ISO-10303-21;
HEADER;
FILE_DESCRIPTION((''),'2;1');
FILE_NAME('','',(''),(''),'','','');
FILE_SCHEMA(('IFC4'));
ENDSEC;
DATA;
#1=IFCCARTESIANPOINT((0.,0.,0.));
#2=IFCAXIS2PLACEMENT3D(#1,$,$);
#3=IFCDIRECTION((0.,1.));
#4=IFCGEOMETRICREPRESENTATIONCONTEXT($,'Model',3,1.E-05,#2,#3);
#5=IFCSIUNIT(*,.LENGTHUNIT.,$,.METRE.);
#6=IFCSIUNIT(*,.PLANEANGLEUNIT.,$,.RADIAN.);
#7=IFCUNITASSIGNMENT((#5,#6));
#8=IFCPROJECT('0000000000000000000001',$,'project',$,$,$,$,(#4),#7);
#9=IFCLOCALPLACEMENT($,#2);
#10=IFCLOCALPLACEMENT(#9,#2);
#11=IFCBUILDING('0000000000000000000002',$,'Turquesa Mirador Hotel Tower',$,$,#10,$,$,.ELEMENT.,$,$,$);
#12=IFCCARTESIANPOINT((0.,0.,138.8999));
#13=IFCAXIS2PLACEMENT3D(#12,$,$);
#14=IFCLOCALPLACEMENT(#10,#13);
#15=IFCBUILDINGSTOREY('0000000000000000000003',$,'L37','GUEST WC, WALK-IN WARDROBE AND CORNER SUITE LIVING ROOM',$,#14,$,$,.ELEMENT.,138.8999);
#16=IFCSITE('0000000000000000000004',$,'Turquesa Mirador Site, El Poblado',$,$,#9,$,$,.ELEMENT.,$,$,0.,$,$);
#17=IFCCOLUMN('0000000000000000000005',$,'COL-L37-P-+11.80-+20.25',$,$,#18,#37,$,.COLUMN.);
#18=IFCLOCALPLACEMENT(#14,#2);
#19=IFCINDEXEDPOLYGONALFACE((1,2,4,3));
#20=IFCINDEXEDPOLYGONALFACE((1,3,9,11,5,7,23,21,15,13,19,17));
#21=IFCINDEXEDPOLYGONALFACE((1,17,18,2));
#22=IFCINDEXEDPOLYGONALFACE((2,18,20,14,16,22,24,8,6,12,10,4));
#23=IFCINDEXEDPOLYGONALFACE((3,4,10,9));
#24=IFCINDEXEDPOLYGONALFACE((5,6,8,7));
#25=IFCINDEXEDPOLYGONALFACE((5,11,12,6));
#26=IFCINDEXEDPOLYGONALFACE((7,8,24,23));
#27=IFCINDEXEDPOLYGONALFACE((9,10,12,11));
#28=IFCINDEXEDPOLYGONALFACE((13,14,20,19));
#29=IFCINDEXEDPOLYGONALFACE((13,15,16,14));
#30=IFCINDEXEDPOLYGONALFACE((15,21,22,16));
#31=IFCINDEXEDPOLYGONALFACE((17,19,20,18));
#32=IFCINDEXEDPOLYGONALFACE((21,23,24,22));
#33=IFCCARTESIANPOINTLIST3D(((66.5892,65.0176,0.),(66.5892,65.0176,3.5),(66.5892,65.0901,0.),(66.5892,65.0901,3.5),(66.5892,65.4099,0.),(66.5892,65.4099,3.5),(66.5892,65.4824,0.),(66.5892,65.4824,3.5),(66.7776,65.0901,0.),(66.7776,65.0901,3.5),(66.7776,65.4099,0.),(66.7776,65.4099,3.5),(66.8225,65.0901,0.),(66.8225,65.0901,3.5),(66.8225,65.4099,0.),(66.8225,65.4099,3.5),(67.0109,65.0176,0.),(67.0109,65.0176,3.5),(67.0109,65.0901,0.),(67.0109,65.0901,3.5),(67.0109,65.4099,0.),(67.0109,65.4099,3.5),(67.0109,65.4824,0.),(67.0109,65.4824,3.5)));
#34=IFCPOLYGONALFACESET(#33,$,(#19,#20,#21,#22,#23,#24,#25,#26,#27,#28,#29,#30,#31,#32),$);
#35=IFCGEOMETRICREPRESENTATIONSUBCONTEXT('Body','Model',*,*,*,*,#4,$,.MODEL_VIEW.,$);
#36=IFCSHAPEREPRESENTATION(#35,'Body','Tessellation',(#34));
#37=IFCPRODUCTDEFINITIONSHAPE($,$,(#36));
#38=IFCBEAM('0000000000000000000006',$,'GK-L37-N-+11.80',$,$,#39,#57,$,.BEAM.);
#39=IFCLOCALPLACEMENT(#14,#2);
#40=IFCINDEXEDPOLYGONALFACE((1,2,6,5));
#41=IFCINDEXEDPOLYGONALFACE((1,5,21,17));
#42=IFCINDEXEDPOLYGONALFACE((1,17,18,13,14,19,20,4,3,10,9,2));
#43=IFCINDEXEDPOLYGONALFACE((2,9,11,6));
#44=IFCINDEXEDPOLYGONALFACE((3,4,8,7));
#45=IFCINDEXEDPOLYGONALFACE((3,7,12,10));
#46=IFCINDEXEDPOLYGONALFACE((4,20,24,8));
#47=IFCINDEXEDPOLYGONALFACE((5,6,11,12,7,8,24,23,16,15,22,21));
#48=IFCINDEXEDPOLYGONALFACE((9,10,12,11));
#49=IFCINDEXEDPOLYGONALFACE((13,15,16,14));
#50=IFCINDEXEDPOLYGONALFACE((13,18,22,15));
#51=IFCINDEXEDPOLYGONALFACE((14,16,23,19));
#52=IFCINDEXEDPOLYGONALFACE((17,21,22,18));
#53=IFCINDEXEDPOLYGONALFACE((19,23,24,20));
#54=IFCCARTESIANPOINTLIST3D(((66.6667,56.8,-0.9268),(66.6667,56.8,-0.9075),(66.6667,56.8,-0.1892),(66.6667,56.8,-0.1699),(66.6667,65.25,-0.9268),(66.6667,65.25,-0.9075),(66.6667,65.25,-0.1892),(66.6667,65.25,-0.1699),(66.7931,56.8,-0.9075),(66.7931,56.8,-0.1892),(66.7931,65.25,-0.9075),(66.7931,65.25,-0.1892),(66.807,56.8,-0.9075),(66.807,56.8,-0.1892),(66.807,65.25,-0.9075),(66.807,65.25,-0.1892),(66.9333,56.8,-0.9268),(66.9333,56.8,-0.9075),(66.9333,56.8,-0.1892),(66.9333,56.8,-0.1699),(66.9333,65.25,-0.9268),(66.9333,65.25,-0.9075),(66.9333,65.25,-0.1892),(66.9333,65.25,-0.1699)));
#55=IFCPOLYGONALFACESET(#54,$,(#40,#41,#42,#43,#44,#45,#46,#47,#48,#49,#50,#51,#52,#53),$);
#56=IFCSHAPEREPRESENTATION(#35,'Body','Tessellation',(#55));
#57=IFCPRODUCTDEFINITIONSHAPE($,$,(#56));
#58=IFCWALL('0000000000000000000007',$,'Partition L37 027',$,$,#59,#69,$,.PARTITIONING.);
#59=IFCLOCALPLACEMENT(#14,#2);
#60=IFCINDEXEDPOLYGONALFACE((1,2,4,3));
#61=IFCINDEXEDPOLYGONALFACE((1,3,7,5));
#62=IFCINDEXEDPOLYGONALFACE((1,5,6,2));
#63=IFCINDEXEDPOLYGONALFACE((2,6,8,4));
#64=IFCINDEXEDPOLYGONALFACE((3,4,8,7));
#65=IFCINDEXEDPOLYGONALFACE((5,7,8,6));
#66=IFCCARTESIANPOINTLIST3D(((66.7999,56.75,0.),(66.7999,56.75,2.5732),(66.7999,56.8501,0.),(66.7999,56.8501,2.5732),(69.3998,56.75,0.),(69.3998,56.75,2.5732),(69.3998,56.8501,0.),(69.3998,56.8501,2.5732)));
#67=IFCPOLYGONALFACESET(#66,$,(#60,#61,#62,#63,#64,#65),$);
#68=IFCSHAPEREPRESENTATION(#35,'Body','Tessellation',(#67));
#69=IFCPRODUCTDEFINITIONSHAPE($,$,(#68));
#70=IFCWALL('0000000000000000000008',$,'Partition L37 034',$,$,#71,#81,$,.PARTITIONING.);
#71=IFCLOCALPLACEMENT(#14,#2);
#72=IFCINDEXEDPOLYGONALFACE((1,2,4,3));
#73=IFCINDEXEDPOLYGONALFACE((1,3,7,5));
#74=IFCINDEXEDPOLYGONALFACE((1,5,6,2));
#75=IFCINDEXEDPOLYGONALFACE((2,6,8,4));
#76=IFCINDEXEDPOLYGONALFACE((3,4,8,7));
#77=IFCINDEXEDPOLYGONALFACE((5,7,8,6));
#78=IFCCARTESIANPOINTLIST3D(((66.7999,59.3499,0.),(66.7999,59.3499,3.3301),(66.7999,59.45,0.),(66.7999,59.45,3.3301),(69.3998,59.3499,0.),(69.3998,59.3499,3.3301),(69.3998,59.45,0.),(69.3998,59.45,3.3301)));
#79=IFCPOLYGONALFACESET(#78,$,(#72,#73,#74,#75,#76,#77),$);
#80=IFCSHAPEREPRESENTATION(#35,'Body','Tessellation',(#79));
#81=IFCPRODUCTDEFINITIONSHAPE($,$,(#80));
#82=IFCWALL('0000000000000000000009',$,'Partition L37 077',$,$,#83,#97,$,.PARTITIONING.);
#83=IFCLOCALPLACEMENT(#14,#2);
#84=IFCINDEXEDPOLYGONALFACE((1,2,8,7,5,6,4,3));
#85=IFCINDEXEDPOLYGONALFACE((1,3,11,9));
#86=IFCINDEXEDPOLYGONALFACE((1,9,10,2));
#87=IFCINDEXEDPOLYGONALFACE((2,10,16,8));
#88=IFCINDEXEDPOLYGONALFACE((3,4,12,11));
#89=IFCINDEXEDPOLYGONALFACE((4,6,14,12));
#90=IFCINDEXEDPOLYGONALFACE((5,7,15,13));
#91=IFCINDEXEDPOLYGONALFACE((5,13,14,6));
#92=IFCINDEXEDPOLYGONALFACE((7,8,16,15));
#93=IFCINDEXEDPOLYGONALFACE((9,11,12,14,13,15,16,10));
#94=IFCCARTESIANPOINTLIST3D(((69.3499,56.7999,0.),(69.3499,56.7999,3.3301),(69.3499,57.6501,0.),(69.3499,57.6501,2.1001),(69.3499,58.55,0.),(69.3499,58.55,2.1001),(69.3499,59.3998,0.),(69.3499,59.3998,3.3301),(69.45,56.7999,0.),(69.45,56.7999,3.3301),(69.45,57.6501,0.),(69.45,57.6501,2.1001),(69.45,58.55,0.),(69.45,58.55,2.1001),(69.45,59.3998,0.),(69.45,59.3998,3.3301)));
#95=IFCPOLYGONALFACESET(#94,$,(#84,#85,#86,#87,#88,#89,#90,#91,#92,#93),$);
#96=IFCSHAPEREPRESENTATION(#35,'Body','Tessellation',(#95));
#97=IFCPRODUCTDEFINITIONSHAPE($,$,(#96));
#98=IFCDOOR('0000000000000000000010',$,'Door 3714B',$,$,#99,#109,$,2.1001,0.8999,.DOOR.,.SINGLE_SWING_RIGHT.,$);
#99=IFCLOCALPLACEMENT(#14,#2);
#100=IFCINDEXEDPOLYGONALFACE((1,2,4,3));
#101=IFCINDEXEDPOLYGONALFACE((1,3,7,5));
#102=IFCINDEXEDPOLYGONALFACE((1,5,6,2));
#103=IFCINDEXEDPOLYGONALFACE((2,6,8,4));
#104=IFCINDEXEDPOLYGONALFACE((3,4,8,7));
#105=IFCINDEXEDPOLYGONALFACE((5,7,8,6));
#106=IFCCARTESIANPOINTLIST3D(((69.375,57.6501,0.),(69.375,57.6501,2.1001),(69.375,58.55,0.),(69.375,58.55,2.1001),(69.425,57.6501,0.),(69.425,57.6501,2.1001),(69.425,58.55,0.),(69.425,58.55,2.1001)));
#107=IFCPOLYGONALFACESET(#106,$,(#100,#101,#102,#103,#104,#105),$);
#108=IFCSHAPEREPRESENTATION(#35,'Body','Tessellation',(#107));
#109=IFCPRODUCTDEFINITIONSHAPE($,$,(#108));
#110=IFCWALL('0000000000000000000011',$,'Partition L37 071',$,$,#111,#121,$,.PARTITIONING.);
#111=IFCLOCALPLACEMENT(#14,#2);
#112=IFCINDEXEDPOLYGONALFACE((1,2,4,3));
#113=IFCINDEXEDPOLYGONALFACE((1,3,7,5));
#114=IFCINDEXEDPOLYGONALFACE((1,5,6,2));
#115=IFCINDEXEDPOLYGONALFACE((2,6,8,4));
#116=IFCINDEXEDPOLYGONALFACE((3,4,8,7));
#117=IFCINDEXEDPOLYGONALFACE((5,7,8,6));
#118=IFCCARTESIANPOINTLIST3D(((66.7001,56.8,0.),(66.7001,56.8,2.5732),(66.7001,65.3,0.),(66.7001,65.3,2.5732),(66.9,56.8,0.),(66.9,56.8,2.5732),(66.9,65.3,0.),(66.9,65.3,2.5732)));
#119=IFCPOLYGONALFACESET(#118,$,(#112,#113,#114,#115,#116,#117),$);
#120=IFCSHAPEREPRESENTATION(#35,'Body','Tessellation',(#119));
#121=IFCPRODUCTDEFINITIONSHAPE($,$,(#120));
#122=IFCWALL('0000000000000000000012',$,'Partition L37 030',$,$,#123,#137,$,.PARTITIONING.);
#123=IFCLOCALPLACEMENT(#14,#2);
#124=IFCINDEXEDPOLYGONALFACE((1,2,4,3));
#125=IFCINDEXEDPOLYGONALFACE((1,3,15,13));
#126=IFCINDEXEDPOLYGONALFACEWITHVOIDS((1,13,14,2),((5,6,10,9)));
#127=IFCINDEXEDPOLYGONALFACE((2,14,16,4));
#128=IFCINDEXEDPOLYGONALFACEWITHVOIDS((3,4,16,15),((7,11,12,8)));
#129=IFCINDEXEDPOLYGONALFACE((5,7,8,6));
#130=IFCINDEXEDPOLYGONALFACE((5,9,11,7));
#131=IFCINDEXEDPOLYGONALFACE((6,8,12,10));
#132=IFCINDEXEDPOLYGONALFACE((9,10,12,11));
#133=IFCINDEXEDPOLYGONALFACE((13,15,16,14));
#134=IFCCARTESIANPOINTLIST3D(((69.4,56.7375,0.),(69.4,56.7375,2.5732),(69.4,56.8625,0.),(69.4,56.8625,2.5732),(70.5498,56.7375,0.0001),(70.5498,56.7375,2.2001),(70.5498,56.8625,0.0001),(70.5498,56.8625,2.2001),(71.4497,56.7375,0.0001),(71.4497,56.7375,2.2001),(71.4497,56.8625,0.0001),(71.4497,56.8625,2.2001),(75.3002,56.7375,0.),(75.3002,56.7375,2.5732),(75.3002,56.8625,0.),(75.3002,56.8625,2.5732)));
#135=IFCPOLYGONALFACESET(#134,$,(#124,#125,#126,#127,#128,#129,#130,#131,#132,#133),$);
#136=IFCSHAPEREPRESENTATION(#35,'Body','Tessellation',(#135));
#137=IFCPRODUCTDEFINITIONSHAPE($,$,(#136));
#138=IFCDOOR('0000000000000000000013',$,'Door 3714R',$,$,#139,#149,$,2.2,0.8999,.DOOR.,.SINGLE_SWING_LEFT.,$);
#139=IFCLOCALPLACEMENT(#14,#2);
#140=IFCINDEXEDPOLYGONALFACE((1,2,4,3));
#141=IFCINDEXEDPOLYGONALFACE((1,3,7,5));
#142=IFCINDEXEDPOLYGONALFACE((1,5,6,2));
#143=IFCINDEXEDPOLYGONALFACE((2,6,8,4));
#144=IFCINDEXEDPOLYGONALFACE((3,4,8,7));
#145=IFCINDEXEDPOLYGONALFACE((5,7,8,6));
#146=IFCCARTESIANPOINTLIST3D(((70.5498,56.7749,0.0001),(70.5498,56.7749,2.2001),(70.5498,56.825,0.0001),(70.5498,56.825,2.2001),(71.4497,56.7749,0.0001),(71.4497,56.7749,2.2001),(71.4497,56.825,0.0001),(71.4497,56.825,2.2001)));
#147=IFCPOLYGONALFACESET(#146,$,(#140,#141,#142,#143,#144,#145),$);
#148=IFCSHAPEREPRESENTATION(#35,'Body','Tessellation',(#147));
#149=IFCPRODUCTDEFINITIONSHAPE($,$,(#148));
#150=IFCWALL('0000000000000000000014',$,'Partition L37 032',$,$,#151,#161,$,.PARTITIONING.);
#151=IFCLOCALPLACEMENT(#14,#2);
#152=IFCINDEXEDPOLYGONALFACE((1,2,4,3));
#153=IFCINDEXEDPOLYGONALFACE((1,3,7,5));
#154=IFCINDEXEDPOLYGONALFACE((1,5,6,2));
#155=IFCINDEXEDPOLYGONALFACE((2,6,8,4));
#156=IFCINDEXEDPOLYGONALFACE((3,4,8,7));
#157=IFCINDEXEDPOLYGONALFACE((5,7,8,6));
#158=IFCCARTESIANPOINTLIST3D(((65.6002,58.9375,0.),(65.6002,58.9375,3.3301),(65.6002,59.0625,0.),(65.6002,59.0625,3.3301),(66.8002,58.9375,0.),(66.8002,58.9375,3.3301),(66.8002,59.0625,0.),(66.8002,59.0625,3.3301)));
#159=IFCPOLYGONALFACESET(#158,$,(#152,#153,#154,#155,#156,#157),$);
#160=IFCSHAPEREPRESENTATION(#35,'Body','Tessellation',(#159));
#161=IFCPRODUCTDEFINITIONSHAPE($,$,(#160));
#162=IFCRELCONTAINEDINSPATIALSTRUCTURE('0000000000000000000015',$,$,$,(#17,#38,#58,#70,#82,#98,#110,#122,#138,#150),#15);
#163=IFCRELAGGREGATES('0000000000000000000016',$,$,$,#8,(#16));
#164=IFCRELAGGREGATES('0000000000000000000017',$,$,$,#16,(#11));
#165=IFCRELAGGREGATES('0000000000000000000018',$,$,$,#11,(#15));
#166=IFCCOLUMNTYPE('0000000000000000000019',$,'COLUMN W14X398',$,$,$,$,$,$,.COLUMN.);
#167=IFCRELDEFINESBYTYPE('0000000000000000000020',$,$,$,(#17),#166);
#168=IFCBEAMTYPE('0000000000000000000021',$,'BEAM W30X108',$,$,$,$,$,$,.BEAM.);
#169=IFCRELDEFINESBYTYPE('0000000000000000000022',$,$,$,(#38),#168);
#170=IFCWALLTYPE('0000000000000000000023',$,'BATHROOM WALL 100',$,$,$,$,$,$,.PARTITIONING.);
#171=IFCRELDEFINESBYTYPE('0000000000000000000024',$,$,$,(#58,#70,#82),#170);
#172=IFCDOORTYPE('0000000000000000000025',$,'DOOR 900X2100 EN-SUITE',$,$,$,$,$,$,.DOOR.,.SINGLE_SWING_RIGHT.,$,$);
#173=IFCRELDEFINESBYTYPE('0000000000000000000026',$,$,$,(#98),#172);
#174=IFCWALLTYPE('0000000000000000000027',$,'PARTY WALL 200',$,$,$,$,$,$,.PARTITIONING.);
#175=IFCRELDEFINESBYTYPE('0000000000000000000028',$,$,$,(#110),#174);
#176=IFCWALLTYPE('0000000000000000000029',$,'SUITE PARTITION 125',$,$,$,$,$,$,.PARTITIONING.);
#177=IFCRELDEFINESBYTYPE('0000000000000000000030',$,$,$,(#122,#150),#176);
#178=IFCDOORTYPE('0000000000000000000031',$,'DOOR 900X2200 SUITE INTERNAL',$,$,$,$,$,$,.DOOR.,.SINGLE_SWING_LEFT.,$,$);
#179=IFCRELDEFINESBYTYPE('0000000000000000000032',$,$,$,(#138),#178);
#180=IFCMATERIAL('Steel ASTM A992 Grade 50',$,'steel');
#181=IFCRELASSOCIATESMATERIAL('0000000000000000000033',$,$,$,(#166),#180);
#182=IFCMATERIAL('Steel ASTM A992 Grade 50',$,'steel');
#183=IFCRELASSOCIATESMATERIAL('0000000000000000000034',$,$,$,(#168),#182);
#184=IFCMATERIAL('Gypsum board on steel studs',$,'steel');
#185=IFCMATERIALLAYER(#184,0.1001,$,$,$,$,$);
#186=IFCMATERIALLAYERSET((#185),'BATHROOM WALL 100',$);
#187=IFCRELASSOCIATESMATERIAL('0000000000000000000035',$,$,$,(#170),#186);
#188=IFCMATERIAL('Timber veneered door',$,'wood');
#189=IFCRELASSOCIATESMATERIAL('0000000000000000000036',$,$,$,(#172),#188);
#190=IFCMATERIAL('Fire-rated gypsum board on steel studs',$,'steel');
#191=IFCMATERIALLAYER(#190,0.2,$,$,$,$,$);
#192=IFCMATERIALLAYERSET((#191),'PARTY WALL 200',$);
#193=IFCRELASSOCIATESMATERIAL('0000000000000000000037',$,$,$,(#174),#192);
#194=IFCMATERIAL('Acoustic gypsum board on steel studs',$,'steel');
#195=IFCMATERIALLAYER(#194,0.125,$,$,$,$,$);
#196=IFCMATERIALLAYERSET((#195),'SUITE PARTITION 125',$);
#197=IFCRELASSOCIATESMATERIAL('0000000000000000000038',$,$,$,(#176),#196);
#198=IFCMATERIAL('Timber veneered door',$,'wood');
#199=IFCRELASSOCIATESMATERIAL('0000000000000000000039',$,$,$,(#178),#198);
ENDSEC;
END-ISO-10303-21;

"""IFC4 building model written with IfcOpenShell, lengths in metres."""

from ifc_helpers import new_model, si_unit, direction, frame, frame_2d, origin, origin_2d, place, context, subcontext, project, spatial, rectangle, i_section, extrude, material, layer, layer_set, material_profile, profile_set, type_object, element, fill, save


model = new_model("IFC4")

# Units and contexts
model_context = context("Model", 3, precision=1e-05, world=origin(), true_north=direction((0.0, 1.0)))
body_context = subcontext(model_context, "Body", "Model", "MODEL_VIEW")
ifc_project = project(units=[si_unit("LENGTHUNIT", "METRE"), si_unit("PLANEANGLEUNIT", "RADIAN")], contexts=[model_context])

# Site, building, storey
site_placement = place(None, origin())
site = spatial("IfcSite", under=ifc_project, at=site_placement, Name="Turquesa Mirador Site, El Poblado", CompositionType="ELEMENT", RefElevation=0.0)
building_placement = place(site_placement, origin())
building = spatial("IfcBuilding", under=site, at=building_placement, Name="Turquesa Mirador Hotel Tower", CompositionType="ELEMENT")
storey_placement = place(building_placement, frame((0.0, 0.0, 138.8999)))
storey = spatial("IfcBuildingStorey", under=building, at=storey_placement, Name="L37", Description="GUEST WC, WALK-IN WARDROBE AND CORNER SUITE LIVING ROOM", CompositionType="ELEMENT", Elevation=138.8999)

# Column
ifc_material_1 = material(Name="Steel ASTM A992 Grade 50", Category="steel")
ifc_material_profile_1 = material_profile(ifc_material_1, i_section(OverallWidth=0.4216, OverallDepth=0.4648, WebThickness=0.0449, FlangeThickness=0.0725, at=origin_2d()), Name="W14X398")
ifc_profile_set_1 = profile_set([ifc_material_profile_1], Name="Steel ASTM A992 Grade 50")
column_type = type_object("IfcColumnType", Name="COLUMN W14X398", PredefinedType="COLUMN", material=ifc_profile_set_1)
column_placement = place(storey_placement, frame((66.8, 65.25, 0.0), z_axis=(0.0, 0.0, 1.0), x_axis=(1.0, 0.0, 0.0)))
element("IfcColumn", 1, at=column_placement, inside=storey, type_object=column_type, Name="COL-L37-P-+11.80-+20.25", PredefinedType="COLUMN", context=body_context, shape_type="SweptSolid", body=[
    extrude(i_section(OverallWidth=0.4216, OverallDepth=0.4648, WebThickness=0.0449, FlangeThickness=0.0725, at=origin_2d()), origin(), (0.0, 0.0, 1.0), 3.5),
])

# Beam
ifc_material_2 = material(Name="Steel ASTM A992 Grade 50", Category="steel")
ifc_material_profile_2 = material_profile(ifc_material_2, i_section(OverallWidth=0.2666, OverallDepth=0.7568, WebThickness=0.0139, FlangeThickness=0.0193, at=origin_2d()), Name="W30X108")
ifc_profile_set_2 = profile_set([ifc_material_profile_2], Name="Steel ASTM A992 Grade 50")
beam_type = type_object("IfcBeamType", Name="BEAM W30X108", PredefinedType="BEAM", material=ifc_profile_set_2)
beam_placement = place(storey_placement, frame((66.8, 65.25, -0.5483), z_axis=(0.0, -1.0, 0.0), x_axis=(1.0, 0.0, 0.0)))
element("IfcBeam", 2, at=beam_placement, inside=storey, type_object=beam_type, Name="GK-L37-N-+11.80", PredefinedType="BEAM", context=body_context, shape_type="SweptSolid", body=[
    extrude(i_section(OverallWidth=0.2666, OverallDepth=0.7568, WebThickness=0.0139, FlangeThickness=0.0193, at=origin_2d()), origin(), (0.0, 0.0, 1.0), 8.45),
])

# Walls
ifc_material_3 = material(Name="Gypsum board on steel studs", Category="steel")
ifc_layer_1 = layer(ifc_material_3, 0.1001)
ifc_layer_set_1 = layer_set([ifc_layer_1], Name="BATHROOM WALL 100")
wall_type_1 = type_object("IfcWallType", Name="BATHROOM WALL 100", PredefinedType="PARTITIONING", material=ifc_layer_set_1)
wall_1_placement = place(storey_placement, frame((66.8, 56.8, 0.0), z_axis=(0.0, 0.0, 1.0), x_axis=(1.0, 0.0, 0.0)))
element("IfcWall", 3, at=wall_1_placement, inside=storey, type_object=wall_type_1, Name="Partition L37 027", PredefinedType="PARTITIONING", context=body_context, shape_type="SweptSolid", body=[
    extrude(rectangle(XDim=2.5999, YDim=0.1001, at=frame_2d((1.2998, 0.0))), origin(), (0.0, 0.0, 1.0), 2.5732),
])
wall_2_placement = place(storey_placement, frame((66.8, 59.3999, 0.0), z_axis=(0.0, 0.0, 1.0), x_axis=(1.0, 0.0, 0.0)))
element("IfcWall", 4, at=wall_2_placement, inside=storey, type_object=wall_type_1, Name="Partition L37 034", PredefinedType="PARTITIONING", context=body_context, shape_type="SweptSolid", body=[
    extrude(rectangle(XDim=2.5999, YDim=0.1001, at=frame_2d((1.2998, 0.0))), origin(), (0.0, 0.0, 1.0), 3.3301),
])

# Wall, opening, door
wall_3_placement = place(storey_placement, frame((69.3999, 56.8, 0.0), z_axis=(0.0, 0.0, 1.0), x_axis=(0.0, 1.0, 0.0)))
wall_3 = element("IfcWall", 5, at=wall_3_placement, inside=storey, type_object=wall_type_1, Name="Partition L37 077", PredefinedType="PARTITIONING", context=body_context, shape_type="SweptSolid", body=[
    extrude(rectangle(XDim=2.5999, YDim=0.1001, at=frame_2d((1.2998, 0.0))), origin(), (0.0, 0.0, 1.0), 3.3301),
])
opening_1_placement = place(wall_3_placement, frame((0.8501, 0.0, 0.0)))
opening_1 = element("IfcOpeningElement", 6, at=opening_1_placement, cuts=wall_3, PredefinedType="OPENING", context=body_context, shape_type="SweptSolid", body=[
    extrude(rectangle(XDim=0.8999, YDim=2.1001, at=frame_2d((0.45, 1.05))), frame((0.0, 0.0601, 0.0), z_axis=(0.0, -1.0, 0.0), x_axis=(1.0, 0.0, 0.0)), (0.0, 0.0, 1.0), 0.1201),
])
ifc_material_4 = material(Name="Timber veneered door", Category="wood")
door_type_1 = type_object("IfcDoorType", Name="DOOR 900X2100 EN-SUITE", OperationType="SINGLE_SWING_RIGHT", PredefinedType="DOOR", material=ifc_material_4)
door_1_placement = place(opening_1_placement, origin())
door_1 = element("IfcDoor", 7, at=door_1_placement, inside=storey, type_object=door_type_1, Name="Door 3714B", OperationType="SINGLE_SWING_RIGHT", OverallHeight=2.1001, OverallWidth=0.8999, PredefinedType="DOOR", context=body_context, shape_type="SweptSolid", body=[
    extrude(rectangle(XDim=0.8999, YDim=2.1001, at=frame_2d((0.45, 1.05))), frame((0.0, 0.0249, 0.0), z_axis=(0.0, -1.0, 0.0), x_axis=(1.0, 0.0, 0.0)), (0.0, 0.0, 1.0), 0.05),
])
fill(opening_1, door_1)

# Wall
ifc_material_5 = material(Name="Fire-rated gypsum board on steel studs", Category="steel")
ifc_layer_2 = layer(ifc_material_5, 0.2)
ifc_layer_set_2 = layer_set([ifc_layer_2], Name="PARTY WALL 200")
wall_type_2 = type_object("IfcWallType", Name="PARTY WALL 200", PredefinedType="PARTITIONING", material=ifc_layer_set_2)
wall_4_placement = place(storey_placement, frame((66.8, 56.8, 0.0), z_axis=(0.0, 0.0, 1.0), x_axis=(0.0, 1.0, 0.0)))
element("IfcWall", 8, at=wall_4_placement, inside=storey, type_object=wall_type_2, Name="Partition L37 071", PredefinedType="PARTITIONING", context=body_context, shape_type="SweptSolid", body=[
    extrude(rectangle(XDim=8.5, YDim=0.2, at=frame_2d((4.25, 0.0))), origin(), (0.0, 0.0, 1.0), 2.5732),
])

# Wall, opening, door
ifc_material_6 = material(Name="Acoustic gypsum board on steel studs", Category="steel")
ifc_layer_3 = layer(ifc_material_6, 0.125)
ifc_layer_set_3 = layer_set([ifc_layer_3], Name="SUITE PARTITION 125")
wall_type_3 = type_object("IfcWallType", Name="SUITE PARTITION 125", PredefinedType="PARTITIONING", material=ifc_layer_set_3)
wall_5_placement = place(storey_placement, frame((69.3999, 56.8, 0.0), z_axis=(0.0, 0.0, 1.0), x_axis=(1.0, 0.0, 0.0)))
wall_5 = element("IfcWall", 9, at=wall_5_placement, inside=storey, type_object=wall_type_3, Name="Partition L37 030", PredefinedType="PARTITIONING", context=body_context, shape_type="SweptSolid", body=[
    extrude(rectangle(XDim=5.9001, YDim=0.125, at=frame_2d((2.9502, 0.0))), origin(), (0.0, 0.0, 1.0), 2.5732),
])
opening_2_placement = place(wall_5_placement, frame((1.1499, 0.0, 0.0)))
opening_2 = element("IfcOpeningElement", 10, at=opening_2_placement, cuts=wall_5, PredefinedType="OPENING", context=body_context, shape_type="SweptSolid", body=[
    extrude(rectangle(XDim=0.8999, YDim=2.2, at=frame_2d((0.45, 1.1001))), frame((0.0, 0.0725, 0.0), z_axis=(0.0, -1.0, 0.0), x_axis=(1.0, 0.0, 0.0)), (0.0, 0.0, 1.0), 0.145),
])
ifc_material_7 = material(Name="Timber veneered door", Category="wood")
door_type_2 = type_object("IfcDoorType", Name="DOOR 900X2200 SUITE INTERNAL", OperationType="SINGLE_SWING_LEFT", PredefinedType="DOOR", material=ifc_material_7)
door_2_placement = place(opening_2_placement, origin())
door_2 = element("IfcDoor", 11, at=door_2_placement, inside=storey, type_object=door_type_2, Name="Door 3714R", OperationType="SINGLE_SWING_LEFT", OverallHeight=2.2, OverallWidth=0.8999, PredefinedType="DOOR", context=body_context, shape_type="SweptSolid", body=[
    extrude(rectangle(XDim=0.8999, YDim=2.2, at=frame_2d((0.45, 1.1001))), frame((0.0, 0.0249, 0.0), z_axis=(0.0, -1.0, 0.0), x_axis=(1.0, 0.0, 0.0)), (0.0, 0.0, 1.0), 0.05),
])
fill(opening_2, door_2)

# Wall
wall_6_placement = place(storey_placement, frame((65.6001, 59.0, 0.0), z_axis=(0.0, 0.0, 1.0), x_axis=(1.0, 0.0, 0.0)))
element("IfcWall", 12, at=wall_6_placement, inside=storey, type_object=wall_type_3, Name="Partition L37 032", PredefinedType="PARTITIONING", context=body_context, shape_type="SweptSolid", body=[
    extrude(rectangle(XDim=1.2, YDim=0.125, at=frame_2d((0.6001, 0.0))), origin(), (0.0, 0.0, 1.0), 3.3301),
])

save(model, "model.ifc")
